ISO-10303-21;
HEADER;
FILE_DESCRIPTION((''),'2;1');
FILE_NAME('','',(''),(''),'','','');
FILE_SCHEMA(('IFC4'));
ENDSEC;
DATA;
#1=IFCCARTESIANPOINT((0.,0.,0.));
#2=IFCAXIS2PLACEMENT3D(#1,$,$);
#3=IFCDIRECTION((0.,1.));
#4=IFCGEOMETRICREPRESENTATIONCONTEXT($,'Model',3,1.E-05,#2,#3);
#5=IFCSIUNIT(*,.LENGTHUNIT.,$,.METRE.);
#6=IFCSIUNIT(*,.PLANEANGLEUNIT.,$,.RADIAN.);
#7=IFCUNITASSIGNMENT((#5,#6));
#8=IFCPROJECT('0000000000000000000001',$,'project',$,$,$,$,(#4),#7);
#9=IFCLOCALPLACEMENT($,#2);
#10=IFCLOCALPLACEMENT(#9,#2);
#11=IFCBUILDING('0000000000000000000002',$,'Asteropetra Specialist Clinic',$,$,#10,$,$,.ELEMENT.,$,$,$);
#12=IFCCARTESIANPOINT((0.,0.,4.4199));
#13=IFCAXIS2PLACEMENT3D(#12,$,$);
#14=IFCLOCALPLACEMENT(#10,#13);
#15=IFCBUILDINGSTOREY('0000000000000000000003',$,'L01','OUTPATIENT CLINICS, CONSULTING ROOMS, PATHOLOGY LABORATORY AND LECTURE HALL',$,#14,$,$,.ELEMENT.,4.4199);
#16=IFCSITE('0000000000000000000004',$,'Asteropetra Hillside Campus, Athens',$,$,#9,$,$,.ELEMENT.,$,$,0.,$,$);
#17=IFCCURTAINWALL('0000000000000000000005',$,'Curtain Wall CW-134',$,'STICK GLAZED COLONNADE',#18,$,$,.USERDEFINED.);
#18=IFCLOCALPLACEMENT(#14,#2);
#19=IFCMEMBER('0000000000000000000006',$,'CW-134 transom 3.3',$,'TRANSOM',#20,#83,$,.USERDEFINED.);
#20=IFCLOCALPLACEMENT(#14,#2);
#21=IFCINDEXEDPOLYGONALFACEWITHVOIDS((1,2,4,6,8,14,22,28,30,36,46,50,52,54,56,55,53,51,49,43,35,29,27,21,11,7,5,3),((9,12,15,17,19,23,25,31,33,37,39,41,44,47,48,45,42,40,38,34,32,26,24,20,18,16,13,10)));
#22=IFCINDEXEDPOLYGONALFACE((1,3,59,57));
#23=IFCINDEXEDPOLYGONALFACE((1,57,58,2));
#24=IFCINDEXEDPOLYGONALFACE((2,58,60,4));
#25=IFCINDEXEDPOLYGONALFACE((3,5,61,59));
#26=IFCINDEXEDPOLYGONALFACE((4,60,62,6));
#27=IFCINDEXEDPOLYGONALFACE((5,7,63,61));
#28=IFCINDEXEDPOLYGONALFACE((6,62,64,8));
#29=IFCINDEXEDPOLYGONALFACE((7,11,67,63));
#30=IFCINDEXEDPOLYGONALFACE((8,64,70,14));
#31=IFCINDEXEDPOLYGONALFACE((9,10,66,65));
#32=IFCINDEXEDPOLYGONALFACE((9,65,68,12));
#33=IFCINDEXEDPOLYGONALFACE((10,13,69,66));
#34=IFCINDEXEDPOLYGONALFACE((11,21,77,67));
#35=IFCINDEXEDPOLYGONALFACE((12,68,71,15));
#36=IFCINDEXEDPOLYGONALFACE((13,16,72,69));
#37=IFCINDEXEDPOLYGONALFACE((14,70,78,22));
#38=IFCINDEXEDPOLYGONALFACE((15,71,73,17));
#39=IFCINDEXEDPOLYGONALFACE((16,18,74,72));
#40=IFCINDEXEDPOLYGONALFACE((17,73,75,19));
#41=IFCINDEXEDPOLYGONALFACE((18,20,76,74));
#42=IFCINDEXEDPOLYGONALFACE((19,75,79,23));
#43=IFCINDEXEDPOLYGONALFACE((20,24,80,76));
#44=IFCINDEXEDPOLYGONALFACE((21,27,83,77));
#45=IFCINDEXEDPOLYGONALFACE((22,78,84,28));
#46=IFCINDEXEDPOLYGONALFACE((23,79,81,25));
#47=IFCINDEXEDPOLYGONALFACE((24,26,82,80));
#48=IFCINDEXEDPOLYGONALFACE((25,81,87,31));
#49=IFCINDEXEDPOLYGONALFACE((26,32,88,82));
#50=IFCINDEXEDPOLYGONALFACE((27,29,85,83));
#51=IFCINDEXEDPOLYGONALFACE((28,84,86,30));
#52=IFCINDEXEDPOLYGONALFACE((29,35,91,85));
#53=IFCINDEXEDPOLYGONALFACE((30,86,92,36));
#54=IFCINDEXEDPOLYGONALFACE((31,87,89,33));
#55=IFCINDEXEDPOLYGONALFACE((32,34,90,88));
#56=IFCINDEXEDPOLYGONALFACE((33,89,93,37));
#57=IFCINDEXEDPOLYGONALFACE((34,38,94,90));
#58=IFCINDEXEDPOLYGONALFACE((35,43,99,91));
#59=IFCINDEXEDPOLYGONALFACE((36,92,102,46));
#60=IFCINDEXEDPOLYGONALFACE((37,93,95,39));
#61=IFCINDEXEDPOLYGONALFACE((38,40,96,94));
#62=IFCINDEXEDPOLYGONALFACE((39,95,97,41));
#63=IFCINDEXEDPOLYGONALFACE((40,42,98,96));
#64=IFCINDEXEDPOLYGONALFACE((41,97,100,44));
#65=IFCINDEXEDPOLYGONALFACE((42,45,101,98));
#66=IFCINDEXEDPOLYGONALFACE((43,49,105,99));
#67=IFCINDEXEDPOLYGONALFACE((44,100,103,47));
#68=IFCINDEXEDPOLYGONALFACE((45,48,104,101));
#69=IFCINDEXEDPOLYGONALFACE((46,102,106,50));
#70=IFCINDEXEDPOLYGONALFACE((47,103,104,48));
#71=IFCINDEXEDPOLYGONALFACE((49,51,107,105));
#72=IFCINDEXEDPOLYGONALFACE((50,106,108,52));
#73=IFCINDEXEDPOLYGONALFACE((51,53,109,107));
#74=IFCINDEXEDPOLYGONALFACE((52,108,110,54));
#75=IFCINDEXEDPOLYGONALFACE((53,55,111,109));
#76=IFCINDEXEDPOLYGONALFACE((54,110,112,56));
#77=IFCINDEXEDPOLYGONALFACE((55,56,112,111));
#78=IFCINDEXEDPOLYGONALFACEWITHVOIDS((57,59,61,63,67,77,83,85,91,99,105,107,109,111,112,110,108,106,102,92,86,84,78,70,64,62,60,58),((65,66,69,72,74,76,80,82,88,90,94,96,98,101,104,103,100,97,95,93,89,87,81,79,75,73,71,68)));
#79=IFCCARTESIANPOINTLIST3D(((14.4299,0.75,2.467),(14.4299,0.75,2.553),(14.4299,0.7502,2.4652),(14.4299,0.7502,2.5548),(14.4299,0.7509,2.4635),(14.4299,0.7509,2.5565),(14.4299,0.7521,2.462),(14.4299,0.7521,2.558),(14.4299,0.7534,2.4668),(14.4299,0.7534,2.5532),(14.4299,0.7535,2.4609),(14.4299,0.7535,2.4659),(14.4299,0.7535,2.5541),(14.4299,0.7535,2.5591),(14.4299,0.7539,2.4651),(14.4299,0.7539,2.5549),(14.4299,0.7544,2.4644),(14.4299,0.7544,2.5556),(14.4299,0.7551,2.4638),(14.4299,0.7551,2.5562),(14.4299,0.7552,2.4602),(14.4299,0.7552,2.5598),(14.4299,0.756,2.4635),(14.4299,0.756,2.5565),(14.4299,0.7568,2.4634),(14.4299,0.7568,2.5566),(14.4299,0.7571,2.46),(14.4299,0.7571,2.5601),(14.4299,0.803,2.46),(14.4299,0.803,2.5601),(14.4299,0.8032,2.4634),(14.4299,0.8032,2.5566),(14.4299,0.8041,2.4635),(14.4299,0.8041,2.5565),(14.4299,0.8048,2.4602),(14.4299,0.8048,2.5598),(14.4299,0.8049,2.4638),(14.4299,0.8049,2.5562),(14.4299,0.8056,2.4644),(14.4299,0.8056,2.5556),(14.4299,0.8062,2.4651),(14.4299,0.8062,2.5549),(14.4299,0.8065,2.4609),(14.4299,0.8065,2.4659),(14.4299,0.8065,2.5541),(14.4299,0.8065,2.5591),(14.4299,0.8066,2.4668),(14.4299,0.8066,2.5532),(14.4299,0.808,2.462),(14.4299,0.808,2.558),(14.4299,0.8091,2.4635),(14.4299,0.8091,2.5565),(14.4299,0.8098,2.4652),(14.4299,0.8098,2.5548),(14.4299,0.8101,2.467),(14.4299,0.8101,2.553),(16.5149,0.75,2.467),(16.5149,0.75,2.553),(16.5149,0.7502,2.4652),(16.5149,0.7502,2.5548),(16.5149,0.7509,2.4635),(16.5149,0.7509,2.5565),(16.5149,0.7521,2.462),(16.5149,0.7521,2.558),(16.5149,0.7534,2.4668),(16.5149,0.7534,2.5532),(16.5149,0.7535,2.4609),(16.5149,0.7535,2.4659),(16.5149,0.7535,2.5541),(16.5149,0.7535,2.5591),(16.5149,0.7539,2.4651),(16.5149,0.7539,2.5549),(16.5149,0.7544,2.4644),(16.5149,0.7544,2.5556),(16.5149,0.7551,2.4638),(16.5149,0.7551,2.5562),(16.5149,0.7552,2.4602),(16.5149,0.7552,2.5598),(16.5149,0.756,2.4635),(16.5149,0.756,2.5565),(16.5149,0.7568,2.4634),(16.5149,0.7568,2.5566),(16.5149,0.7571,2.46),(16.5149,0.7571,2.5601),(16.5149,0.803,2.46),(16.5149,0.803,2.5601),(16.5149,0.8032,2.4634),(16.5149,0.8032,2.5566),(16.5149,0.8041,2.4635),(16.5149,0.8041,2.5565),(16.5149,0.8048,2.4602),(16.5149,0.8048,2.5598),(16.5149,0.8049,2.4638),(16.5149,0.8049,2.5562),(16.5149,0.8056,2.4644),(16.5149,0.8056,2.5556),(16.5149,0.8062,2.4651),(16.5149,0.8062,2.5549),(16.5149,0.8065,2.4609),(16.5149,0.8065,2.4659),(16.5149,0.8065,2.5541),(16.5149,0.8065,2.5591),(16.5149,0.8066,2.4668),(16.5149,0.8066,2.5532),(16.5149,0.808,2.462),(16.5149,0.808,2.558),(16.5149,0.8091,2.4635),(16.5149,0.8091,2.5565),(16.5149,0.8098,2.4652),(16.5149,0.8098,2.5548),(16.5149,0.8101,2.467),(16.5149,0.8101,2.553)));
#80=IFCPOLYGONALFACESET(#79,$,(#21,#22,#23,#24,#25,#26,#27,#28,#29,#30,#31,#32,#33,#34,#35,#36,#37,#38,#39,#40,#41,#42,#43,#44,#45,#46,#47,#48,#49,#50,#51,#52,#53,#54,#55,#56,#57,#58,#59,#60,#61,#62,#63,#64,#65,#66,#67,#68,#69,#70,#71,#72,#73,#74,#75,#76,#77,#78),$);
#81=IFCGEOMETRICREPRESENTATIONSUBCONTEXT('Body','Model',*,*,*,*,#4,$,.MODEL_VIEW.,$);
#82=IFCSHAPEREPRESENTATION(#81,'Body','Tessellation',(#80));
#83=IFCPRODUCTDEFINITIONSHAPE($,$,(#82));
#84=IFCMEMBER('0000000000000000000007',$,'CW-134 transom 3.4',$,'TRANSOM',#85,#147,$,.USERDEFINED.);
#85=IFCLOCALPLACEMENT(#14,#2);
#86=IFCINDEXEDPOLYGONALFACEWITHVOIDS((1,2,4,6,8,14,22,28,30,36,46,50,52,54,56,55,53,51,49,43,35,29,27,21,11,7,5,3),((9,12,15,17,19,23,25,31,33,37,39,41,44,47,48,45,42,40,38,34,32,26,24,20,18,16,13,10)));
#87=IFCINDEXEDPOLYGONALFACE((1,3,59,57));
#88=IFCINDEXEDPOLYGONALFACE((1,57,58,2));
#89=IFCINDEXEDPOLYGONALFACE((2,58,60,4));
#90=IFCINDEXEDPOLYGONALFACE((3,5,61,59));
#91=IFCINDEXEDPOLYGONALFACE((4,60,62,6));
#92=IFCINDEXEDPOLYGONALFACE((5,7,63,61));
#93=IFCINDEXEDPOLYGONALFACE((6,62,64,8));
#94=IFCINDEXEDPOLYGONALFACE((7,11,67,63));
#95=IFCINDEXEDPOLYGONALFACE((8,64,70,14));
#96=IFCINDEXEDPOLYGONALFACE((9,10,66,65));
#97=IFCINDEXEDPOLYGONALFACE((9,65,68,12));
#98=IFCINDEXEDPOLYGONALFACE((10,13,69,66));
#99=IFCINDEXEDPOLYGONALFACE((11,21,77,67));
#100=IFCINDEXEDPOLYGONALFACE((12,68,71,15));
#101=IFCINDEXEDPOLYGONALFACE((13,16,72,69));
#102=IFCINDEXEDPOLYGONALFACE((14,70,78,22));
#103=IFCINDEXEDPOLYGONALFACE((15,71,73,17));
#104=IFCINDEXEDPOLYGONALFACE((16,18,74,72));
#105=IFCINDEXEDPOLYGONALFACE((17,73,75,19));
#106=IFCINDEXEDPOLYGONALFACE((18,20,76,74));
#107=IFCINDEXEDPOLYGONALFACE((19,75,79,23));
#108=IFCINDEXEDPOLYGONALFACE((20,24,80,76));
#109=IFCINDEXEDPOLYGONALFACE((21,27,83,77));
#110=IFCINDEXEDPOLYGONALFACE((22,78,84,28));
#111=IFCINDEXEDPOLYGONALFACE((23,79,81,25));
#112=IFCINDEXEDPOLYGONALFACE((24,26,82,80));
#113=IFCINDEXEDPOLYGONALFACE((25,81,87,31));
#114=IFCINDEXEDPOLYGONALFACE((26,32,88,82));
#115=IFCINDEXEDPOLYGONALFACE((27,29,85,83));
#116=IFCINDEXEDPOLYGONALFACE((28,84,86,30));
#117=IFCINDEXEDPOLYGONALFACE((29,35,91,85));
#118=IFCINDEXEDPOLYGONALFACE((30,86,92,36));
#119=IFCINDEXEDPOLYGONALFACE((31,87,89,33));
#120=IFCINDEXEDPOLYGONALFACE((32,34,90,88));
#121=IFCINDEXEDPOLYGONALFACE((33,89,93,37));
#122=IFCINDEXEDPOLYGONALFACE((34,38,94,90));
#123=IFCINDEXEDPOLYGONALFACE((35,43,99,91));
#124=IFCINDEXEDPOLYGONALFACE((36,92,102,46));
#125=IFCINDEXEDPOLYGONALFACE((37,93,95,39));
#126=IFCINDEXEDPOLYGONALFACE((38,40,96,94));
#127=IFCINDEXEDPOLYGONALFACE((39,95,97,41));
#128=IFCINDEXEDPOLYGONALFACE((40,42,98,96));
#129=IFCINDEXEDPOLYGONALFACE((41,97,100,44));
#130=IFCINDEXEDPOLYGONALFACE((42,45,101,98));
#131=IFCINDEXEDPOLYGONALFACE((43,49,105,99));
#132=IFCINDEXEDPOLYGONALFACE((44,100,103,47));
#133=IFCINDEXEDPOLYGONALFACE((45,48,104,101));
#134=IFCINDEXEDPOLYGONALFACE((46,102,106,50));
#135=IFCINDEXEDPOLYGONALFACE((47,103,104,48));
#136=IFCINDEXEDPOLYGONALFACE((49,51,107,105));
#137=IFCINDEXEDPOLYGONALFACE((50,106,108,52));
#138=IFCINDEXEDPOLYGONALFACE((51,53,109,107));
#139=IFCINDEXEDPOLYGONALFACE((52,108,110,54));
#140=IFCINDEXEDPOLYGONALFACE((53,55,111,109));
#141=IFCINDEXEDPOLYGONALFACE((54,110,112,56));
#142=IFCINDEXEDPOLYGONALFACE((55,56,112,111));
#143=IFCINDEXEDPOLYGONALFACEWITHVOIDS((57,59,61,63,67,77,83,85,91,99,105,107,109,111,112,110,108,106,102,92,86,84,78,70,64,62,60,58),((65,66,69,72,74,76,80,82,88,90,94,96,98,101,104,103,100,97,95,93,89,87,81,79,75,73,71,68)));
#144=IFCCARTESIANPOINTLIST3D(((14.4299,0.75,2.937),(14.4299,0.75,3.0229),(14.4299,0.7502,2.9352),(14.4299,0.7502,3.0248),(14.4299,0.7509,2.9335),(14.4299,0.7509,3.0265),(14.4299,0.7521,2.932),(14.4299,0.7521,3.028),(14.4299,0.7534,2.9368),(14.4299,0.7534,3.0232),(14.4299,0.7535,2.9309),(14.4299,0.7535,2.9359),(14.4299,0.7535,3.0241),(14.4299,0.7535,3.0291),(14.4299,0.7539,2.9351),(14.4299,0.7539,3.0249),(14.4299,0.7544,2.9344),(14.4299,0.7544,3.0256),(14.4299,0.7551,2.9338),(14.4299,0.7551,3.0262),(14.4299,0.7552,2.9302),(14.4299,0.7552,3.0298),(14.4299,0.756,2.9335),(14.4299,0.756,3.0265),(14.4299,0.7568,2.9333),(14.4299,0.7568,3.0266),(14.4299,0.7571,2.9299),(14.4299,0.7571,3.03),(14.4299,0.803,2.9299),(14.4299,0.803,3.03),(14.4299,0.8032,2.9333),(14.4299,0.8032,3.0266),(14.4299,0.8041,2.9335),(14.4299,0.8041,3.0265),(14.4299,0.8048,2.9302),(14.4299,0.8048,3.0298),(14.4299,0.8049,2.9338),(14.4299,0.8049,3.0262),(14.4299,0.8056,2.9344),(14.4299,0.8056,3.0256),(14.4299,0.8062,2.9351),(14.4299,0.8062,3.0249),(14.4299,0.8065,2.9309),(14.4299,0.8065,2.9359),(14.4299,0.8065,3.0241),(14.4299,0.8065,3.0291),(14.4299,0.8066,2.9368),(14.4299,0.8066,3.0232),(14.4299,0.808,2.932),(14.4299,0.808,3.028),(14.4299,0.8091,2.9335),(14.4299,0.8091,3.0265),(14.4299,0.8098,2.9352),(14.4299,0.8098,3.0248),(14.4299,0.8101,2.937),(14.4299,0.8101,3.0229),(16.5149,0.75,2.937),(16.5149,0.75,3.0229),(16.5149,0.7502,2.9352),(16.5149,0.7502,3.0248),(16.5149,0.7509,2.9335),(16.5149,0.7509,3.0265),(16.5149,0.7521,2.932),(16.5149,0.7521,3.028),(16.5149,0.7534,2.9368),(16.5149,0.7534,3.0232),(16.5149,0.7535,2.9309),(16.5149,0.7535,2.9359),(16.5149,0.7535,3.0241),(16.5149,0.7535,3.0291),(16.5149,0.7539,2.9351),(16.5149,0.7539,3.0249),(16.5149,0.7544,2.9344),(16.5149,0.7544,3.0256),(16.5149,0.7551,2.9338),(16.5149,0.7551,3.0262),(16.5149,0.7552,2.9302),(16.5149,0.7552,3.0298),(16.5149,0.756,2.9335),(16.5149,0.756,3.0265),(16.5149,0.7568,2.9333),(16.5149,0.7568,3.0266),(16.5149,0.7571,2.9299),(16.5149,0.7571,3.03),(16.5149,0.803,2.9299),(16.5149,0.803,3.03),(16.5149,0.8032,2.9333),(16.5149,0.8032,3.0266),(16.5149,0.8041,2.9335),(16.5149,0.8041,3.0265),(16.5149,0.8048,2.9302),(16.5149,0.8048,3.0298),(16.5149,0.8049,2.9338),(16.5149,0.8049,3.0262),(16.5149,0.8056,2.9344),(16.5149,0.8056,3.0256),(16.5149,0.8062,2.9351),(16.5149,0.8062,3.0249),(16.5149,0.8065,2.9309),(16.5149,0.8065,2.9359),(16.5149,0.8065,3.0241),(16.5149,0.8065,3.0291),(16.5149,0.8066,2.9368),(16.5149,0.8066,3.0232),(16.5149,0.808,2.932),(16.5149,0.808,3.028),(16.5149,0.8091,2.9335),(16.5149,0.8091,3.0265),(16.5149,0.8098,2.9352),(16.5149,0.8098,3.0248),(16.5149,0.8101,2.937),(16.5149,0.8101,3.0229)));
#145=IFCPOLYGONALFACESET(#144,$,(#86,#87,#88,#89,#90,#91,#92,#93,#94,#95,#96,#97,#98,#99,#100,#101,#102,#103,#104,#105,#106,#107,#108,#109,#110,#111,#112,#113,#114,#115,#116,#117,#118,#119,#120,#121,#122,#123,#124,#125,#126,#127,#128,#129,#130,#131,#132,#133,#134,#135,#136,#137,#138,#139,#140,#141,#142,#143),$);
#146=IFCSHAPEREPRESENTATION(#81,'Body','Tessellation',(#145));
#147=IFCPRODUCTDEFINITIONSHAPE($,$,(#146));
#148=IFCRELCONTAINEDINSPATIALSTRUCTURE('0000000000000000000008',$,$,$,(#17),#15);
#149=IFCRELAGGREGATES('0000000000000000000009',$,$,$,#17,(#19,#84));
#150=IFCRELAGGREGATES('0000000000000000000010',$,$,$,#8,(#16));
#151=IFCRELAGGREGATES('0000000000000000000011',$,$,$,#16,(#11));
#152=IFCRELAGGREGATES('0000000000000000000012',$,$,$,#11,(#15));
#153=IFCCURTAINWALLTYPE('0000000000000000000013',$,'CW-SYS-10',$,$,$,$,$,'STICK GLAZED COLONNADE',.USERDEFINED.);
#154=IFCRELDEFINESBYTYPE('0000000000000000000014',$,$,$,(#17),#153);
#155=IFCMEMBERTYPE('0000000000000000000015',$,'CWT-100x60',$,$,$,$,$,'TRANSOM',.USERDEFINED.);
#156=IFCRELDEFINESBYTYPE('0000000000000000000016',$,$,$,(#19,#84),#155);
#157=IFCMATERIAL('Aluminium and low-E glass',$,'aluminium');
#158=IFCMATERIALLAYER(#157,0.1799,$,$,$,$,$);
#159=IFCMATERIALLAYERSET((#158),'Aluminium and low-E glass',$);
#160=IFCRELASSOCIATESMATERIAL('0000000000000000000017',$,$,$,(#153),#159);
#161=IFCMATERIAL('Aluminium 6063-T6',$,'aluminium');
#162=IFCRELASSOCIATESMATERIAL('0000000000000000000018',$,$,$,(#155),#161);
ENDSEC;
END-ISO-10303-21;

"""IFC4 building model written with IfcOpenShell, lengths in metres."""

from ifc_helpers import new_model, si_unit, direction, frame, origin, origin_2d, place, context, subcontext, project, spatial, hollow_rectangle, extrude, material, layer, layer_set, material_profile, profile_set, type_object, element, aggregate, save


model = new_model("IFC4")

# Units and contexts
model_context = context("Model", 3, precision=1e-05, world=origin(), true_north=direction((0.0, 1.0)))
body_context = subcontext(model_context, "Body", "Model", "MODEL_VIEW")
ifc_project = project(units=[si_unit("LENGTHUNIT", "METRE"), si_unit("PLANEANGLEUNIT", "RADIAN")], contexts=[model_context])

# Site, building, storey
site_placement = place(None, origin())
site = spatial("IfcSite", under=ifc_project, at=site_placement, Name="Asteropetra Hillside Campus, Athens", CompositionType="ELEMENT", RefElevation=0.0)
building_placement = place(site_placement, origin())
building = spatial("IfcBuilding", under=site, at=building_placement, Name="Asteropetra Specialist Clinic", CompositionType="ELEMENT")
storey_placement = place(building_placement, frame((0.0, 0.0, 4.4199)))
storey = spatial("IfcBuildingStorey", under=building, at=storey_placement, Name="L01", Description="OUTPATIENT CLINICS, CONSULTING ROOMS, PATHOLOGY LABORATORY AND LECTURE HALL", CompositionType="ELEMENT", Elevation=4.4199)

# Curtain wall, members
ifc_material_1 = material(Name="Aluminium and low-E glass", Category="aluminium")
ifc_layer_1 = layer(ifc_material_1, 0.1799)
ifc_layer_set_1 = layer_set([ifc_layer_1], Name="Aluminium and low-E glass")
curtain_wall_type = type_object("IfcCurtainWallType", Name="CW-SYS-10", ElementType="STICK GLAZED COLONNADE", PredefinedType="USERDEFINED", material=ifc_layer_set_1)
curtain_wall_placement = place(storey_placement, origin())
curtain_wall = element("IfcCurtainWall", 1, at=curtain_wall_placement, inside=storey, type_object=curtain_wall_type, Name="Curtain Wall CW-134", ObjectType="STICK GLAZED COLONNADE", PredefinedType="USERDEFINED")
ifc_material_2 = material(Name="Aluminium 6063-T6", Category="aluminium")
ifc_material_profile_1 = material_profile(ifc_material_2, hollow_rectangle(XDim=0.0601, YDim=0.1001, WallThickness=0.0034, InnerFilletRadius=0.0034, OuterFilletRadius=0.0071, at=origin_2d()), Name="TRN 100x60x3.5")
ifc_profile_set_1 = profile_set([ifc_material_profile_1], Name="Aluminium 6063-T6")
member_type_1 = type_object("IfcMemberType", Name="CWT-100x60", ElementType="TRANSOM", PredefinedType="USERDEFINED", material=ifc_profile_set_1)
member_1_placement = place(storey_placement, frame((14.4299, 0.78, 2.51), z_axis=(1.0, 0.0, 0.0), x_axis=(0.0, 1.0, 0.0)))
member_1 = element("IfcMember", 2, at=member_1_placement, type_object=member_type_1, Name="CW-134 transom 3.3", ObjectType="TRANSOM", PredefinedType="USERDEFINED", context=body_context, shape_type="SweptSolid", body=[
    extrude(hollow_rectangle(XDim=0.0601, YDim=0.1001, WallThickness=0.0034, InnerFilletRadius=0.0034, OuterFilletRadius=0.0071, at=origin_2d()), origin(), (0.0, 0.0, 1.0), 2.085),
])
member_2_placement = place(storey_placement, frame((14.4299, 0.78, 2.98), z_axis=(1.0, 0.0, 0.0), x_axis=(0.0, 1.0, 0.0)))
member_2 = element("IfcMember", 3, at=member_2_placement, type_object=member_type_1, Name="CW-134 transom 3.4", ObjectType="TRANSOM", PredefinedType="USERDEFINED", context=body_context, shape_type="SweptSolid", body=[
    extrude(hollow_rectangle(XDim=0.0601, YDim=0.1001, WallThickness=0.0034, InnerFilletRadius=0.0034, OuterFilletRadius=0.0071, at=origin_2d()), origin(), (0.0, 0.0, 1.0), 2.085),
])

aggregate(curtain_wall, [member_1, member_2])

save(model, "model.ifc")
